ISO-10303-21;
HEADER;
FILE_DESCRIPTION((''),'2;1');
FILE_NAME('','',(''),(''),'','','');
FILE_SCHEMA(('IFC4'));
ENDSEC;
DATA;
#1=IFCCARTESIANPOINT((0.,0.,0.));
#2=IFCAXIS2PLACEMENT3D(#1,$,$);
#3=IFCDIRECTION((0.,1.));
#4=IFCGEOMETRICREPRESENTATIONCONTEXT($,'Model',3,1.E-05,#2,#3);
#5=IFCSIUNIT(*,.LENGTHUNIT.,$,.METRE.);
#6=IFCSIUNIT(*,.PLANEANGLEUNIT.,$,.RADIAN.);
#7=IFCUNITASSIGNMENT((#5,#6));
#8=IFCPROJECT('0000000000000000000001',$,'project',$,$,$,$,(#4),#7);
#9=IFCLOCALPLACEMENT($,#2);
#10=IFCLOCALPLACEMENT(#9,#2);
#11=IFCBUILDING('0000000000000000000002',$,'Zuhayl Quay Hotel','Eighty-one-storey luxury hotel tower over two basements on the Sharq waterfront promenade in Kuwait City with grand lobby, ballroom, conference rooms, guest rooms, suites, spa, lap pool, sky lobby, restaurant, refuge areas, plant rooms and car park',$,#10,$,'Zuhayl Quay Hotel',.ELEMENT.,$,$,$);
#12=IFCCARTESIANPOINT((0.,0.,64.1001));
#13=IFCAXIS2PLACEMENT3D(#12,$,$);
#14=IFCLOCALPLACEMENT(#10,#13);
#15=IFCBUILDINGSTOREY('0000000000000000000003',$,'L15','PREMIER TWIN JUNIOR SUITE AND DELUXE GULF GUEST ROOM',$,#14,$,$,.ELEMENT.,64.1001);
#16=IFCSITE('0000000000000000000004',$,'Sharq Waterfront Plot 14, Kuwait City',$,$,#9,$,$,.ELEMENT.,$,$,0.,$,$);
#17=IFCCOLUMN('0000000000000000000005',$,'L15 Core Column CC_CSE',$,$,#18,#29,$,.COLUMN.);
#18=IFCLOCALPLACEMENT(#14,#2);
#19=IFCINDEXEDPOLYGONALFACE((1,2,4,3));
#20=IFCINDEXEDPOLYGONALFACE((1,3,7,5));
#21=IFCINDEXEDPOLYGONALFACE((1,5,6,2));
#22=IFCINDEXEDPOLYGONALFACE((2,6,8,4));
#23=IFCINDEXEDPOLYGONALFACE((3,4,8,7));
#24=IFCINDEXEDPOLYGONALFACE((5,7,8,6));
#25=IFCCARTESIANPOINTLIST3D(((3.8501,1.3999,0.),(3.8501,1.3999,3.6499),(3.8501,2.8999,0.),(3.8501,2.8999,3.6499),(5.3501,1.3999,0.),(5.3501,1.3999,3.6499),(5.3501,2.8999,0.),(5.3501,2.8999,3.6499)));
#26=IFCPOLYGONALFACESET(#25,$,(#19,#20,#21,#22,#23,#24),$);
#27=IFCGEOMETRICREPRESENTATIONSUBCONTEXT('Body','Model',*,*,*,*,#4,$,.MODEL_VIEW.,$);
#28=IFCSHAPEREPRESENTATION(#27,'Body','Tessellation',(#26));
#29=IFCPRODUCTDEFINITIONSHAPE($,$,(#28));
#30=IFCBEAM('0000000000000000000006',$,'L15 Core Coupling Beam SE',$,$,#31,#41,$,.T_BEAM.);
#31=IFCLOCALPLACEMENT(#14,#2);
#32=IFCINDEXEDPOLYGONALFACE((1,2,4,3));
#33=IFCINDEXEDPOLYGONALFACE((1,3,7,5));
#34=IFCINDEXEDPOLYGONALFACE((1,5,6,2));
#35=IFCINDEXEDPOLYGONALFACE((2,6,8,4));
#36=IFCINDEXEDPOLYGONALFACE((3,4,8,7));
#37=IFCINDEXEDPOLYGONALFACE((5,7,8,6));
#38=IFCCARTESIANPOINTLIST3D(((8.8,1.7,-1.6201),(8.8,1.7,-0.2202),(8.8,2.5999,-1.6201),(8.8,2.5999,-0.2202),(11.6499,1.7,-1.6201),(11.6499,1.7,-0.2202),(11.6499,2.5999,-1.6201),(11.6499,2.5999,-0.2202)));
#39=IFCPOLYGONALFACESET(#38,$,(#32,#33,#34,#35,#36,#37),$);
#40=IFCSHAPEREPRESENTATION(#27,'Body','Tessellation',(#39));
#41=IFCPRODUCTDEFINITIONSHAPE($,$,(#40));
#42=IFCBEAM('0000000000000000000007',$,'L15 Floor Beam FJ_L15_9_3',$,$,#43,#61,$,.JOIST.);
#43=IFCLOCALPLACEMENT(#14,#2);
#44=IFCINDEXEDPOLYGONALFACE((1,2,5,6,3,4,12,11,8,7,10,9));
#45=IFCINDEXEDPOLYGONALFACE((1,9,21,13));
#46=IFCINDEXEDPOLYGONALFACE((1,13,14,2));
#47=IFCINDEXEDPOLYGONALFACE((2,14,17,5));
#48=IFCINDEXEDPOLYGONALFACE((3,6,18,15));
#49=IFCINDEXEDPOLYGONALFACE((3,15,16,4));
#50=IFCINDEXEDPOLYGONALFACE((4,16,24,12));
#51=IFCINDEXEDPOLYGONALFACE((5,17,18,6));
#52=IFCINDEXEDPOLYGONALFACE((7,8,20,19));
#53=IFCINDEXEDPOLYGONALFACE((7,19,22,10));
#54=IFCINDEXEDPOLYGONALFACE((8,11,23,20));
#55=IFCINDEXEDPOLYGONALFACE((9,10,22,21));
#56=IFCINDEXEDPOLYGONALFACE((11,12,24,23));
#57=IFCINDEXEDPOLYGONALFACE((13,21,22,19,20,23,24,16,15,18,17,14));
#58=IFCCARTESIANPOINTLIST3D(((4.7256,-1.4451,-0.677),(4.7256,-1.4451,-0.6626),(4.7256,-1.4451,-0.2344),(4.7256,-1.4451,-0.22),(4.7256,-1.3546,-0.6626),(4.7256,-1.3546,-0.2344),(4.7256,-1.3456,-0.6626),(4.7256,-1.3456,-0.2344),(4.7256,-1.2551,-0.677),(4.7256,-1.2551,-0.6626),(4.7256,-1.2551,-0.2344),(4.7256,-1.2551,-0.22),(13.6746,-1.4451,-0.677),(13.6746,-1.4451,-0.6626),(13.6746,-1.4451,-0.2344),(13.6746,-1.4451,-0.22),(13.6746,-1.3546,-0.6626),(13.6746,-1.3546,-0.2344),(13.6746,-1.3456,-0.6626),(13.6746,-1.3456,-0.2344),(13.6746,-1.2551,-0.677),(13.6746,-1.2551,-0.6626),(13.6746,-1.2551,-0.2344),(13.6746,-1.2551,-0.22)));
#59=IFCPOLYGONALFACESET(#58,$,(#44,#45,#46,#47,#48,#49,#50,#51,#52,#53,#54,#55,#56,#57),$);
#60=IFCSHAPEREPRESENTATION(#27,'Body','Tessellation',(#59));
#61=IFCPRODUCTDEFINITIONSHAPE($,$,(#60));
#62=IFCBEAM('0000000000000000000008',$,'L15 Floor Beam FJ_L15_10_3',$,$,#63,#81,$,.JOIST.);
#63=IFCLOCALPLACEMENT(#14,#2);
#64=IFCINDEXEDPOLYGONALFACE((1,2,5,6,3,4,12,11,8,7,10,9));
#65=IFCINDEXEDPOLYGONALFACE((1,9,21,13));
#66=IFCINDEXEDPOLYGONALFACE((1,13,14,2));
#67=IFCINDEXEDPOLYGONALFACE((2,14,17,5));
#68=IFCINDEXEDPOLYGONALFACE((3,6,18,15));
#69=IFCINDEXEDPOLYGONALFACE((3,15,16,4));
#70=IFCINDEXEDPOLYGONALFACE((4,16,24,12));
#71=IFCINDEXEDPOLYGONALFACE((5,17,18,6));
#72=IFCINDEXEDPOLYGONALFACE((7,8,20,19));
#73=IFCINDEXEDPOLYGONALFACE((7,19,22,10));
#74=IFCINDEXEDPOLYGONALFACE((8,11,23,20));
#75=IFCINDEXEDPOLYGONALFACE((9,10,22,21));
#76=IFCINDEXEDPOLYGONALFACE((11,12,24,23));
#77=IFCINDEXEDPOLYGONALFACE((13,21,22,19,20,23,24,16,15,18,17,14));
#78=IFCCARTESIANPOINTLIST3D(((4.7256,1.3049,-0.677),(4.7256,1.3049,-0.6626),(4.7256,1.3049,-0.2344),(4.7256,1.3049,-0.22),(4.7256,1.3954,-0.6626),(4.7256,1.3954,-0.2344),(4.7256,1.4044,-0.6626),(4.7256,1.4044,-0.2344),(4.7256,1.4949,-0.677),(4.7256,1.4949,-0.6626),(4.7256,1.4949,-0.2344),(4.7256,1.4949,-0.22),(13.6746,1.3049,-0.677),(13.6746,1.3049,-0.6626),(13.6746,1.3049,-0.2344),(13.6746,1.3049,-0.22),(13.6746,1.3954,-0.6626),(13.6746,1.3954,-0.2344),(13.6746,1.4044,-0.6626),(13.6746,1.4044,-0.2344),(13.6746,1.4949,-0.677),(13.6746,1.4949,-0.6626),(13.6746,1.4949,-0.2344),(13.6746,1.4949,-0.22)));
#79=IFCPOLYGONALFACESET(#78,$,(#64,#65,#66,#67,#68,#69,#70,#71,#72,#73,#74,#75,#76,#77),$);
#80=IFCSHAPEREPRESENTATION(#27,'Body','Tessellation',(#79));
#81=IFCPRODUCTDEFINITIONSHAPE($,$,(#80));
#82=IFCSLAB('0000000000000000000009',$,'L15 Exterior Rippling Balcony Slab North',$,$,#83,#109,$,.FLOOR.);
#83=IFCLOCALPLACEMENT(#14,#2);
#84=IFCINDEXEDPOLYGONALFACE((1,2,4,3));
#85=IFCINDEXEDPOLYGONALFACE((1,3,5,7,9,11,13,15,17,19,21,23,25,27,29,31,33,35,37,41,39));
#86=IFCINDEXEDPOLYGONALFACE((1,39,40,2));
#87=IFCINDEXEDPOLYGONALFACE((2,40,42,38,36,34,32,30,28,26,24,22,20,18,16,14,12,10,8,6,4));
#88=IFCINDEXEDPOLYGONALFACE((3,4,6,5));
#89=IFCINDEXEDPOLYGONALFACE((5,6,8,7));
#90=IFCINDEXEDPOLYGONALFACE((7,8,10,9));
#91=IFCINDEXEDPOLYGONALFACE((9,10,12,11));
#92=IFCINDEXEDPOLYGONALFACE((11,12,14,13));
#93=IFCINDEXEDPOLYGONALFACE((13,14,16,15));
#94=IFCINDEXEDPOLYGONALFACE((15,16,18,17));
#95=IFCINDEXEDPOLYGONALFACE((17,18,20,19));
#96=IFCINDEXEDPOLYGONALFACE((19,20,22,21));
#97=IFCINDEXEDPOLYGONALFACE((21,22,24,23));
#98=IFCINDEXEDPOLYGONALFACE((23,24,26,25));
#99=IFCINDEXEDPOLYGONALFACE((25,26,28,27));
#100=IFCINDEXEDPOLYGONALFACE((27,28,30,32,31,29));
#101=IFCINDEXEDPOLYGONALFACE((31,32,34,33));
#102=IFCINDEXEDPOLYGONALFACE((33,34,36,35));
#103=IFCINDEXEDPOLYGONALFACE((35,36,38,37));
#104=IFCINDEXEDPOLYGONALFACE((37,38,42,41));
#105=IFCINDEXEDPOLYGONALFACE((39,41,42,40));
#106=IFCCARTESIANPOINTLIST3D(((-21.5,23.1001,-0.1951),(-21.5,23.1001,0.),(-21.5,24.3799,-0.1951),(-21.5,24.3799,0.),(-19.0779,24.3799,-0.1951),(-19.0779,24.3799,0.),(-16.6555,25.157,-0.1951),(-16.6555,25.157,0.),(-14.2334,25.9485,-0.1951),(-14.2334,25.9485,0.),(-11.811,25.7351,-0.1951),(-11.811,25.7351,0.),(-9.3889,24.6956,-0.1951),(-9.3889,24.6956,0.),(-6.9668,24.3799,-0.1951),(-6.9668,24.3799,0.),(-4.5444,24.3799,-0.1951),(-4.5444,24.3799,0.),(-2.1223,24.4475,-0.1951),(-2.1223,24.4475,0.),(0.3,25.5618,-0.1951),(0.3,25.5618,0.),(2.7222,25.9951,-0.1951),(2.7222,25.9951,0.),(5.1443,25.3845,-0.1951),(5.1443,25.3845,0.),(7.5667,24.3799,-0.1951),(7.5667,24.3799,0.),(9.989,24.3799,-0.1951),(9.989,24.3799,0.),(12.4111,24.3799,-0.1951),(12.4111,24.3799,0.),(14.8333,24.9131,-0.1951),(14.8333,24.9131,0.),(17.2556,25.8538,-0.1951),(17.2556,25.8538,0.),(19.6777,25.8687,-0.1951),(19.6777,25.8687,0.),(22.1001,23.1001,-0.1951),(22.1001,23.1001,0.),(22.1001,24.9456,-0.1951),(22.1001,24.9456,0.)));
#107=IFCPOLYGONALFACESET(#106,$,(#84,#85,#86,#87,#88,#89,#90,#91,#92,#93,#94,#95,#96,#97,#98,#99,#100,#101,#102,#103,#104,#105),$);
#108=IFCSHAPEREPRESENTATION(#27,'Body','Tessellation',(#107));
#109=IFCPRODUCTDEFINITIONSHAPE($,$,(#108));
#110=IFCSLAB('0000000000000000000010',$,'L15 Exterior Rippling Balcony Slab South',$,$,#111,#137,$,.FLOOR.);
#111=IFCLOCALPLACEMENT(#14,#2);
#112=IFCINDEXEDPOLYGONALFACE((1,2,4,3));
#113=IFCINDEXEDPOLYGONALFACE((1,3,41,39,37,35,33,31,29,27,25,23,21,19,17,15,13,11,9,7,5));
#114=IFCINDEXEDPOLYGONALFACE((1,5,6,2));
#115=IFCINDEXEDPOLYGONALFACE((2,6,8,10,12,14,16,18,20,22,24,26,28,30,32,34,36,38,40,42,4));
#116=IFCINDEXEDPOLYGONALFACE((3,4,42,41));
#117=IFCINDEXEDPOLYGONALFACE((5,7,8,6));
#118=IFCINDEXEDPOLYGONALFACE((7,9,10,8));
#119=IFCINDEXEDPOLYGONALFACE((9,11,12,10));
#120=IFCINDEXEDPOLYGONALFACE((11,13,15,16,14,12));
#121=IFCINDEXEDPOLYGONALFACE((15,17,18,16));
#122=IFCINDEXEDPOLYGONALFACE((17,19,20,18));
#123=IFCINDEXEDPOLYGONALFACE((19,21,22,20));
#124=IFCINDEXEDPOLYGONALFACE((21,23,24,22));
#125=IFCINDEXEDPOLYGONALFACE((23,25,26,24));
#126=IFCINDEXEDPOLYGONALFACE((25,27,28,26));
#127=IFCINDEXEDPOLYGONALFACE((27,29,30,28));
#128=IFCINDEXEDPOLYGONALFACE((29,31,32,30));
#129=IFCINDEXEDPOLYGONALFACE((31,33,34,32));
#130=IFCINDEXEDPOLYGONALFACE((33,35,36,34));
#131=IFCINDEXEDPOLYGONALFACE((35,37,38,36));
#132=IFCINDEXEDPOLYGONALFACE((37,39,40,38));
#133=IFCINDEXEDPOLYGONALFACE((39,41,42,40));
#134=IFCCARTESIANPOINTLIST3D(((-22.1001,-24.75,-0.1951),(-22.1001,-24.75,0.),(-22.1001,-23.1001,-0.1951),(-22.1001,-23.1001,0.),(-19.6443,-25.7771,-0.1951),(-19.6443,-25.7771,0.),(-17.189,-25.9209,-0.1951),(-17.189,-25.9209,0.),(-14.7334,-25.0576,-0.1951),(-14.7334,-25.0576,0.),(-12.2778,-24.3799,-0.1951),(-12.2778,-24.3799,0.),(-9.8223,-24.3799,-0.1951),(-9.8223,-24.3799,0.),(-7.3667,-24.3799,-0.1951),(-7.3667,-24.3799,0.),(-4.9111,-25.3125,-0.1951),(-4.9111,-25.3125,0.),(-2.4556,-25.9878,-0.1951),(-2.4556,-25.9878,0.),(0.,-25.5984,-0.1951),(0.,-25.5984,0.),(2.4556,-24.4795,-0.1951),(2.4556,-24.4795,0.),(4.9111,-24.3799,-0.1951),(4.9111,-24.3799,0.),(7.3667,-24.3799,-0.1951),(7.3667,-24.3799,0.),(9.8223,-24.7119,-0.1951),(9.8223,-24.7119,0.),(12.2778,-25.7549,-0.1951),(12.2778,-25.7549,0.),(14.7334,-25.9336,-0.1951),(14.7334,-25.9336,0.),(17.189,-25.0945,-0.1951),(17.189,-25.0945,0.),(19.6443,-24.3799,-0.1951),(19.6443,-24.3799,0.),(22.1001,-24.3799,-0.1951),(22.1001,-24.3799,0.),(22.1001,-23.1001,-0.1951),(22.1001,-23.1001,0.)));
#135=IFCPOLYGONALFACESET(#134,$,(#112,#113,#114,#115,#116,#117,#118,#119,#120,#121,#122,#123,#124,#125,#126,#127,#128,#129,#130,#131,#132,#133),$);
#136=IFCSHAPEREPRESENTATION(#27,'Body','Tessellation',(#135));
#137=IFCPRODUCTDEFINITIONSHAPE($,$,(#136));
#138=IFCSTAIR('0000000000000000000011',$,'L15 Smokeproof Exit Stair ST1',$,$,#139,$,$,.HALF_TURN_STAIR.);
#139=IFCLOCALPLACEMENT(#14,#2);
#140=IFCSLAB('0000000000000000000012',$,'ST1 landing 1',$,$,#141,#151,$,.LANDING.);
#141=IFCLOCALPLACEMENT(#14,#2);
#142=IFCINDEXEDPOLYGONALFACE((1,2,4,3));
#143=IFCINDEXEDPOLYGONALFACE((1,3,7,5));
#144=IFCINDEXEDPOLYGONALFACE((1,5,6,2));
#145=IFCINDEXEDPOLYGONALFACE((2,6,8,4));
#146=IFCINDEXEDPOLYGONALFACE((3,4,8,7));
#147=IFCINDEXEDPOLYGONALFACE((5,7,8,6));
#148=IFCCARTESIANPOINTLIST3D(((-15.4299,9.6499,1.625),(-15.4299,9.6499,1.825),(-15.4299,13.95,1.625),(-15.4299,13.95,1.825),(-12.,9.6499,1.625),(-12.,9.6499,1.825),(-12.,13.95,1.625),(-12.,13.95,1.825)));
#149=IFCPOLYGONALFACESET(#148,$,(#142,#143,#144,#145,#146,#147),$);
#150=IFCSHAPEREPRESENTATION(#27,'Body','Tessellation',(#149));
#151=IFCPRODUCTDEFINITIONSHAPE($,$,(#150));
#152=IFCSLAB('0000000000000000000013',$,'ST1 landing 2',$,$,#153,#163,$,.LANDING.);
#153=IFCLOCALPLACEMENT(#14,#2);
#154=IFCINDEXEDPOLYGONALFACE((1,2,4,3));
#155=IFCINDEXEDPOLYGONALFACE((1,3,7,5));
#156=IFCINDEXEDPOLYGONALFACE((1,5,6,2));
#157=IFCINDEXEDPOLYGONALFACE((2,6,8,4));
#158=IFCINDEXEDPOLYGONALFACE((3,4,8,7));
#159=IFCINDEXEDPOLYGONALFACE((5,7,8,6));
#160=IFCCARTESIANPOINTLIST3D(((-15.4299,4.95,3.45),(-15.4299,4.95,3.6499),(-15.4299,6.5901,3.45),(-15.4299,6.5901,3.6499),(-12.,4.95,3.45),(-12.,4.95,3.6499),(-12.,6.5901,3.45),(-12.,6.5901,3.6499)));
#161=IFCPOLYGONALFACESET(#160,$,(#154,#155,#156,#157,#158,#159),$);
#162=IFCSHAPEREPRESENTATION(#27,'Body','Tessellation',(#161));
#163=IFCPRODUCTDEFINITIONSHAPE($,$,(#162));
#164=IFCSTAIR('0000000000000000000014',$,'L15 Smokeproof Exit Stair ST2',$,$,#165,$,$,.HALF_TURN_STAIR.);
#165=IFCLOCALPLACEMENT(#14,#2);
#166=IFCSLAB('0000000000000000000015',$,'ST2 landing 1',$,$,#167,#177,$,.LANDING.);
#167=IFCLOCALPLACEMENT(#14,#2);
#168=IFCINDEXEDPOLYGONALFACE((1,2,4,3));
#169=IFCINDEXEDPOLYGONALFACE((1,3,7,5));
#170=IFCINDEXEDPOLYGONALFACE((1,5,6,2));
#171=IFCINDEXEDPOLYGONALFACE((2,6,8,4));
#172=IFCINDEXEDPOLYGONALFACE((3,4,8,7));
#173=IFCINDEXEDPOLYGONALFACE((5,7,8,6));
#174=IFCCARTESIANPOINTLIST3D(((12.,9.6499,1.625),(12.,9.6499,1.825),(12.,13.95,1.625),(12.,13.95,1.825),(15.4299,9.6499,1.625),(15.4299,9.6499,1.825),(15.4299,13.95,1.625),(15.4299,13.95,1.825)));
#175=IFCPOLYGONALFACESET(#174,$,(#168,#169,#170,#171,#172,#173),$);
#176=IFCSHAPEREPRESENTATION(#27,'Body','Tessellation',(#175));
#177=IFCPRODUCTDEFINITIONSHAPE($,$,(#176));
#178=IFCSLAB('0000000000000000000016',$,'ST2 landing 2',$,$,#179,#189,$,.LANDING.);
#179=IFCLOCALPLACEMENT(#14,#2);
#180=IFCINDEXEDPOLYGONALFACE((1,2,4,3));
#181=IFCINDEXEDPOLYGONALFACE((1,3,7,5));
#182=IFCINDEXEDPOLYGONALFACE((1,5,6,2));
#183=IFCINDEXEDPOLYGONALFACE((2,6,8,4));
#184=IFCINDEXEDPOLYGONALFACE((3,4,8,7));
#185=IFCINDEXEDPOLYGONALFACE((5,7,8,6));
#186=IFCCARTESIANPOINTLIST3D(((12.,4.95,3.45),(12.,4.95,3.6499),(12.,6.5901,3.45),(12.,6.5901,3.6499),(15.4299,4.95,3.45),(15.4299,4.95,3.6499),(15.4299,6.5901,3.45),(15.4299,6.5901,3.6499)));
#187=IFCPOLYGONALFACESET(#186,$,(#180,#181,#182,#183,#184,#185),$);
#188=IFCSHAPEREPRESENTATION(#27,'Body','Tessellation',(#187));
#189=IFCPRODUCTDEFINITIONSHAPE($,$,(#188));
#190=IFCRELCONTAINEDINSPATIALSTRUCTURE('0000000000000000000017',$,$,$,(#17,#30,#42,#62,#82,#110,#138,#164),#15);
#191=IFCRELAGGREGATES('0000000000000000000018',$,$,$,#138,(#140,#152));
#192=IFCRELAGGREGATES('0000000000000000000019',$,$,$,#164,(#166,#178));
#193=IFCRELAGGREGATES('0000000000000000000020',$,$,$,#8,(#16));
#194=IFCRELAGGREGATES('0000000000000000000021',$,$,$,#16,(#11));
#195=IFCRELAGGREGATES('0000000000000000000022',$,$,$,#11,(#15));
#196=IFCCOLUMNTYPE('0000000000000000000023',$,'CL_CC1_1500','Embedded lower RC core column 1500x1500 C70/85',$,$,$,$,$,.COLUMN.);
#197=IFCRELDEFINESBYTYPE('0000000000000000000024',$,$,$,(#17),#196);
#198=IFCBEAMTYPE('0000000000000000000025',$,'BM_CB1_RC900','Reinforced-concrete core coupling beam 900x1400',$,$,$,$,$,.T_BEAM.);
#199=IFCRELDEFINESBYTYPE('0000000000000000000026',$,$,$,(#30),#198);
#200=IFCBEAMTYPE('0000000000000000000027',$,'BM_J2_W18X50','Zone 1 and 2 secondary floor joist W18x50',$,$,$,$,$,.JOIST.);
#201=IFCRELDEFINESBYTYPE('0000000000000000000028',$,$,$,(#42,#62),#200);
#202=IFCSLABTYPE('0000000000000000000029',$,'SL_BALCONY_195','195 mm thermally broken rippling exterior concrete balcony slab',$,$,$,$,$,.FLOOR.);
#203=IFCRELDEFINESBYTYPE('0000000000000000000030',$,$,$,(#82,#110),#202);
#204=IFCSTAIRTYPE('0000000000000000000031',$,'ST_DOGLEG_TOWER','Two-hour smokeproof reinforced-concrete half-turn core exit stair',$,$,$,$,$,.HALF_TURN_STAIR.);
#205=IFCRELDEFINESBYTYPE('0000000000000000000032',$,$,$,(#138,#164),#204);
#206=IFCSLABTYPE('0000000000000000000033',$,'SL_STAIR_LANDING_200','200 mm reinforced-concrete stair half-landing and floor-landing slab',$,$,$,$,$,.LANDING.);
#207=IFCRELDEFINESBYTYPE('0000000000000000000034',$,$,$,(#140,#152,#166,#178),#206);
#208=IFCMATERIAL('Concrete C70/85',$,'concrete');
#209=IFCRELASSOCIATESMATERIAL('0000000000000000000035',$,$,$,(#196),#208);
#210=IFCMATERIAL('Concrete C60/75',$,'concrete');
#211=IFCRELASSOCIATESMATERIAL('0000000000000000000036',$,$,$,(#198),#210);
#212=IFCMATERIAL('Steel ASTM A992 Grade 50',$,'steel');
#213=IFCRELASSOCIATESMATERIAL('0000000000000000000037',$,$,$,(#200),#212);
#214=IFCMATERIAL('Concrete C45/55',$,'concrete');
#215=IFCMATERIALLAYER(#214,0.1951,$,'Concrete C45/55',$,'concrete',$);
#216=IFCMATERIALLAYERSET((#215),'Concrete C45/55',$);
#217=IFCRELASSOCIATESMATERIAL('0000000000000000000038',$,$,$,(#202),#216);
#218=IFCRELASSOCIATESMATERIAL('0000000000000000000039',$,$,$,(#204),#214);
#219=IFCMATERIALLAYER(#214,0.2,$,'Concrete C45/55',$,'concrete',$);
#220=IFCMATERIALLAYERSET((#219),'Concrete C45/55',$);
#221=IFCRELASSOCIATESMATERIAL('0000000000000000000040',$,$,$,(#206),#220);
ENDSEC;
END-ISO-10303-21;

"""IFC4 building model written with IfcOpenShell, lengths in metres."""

from ifc_helpers import new_model, si_unit, direction, frame, origin, origin_2d, place, context, subcontext, project, spatial, polyline, rectangle, i_section, outline, extrude, material, layer, layer_set, material_profile, profile_set, type_object, element, aggregate, save


model = new_model("IFC4")

# Units and contexts
model_context = context("Model", 3, precision=1e-05, world=origin(), true_north=direction((0.0, 1.0)))
body_context = subcontext(model_context, "Body", "Model", "MODEL_VIEW")
ifc_project = project(units=[si_unit("LENGTHUNIT", "METRE"), si_unit("PLANEANGLEUNIT", "RADIAN")], contexts=[model_context])

# Site, building, storey
site_placement = place(None, origin())
site = spatial("IfcSite", under=ifc_project, at=site_placement, Name="Sharq Waterfront Plot 14, Kuwait City", CompositionType="ELEMENT", RefElevation=0.0)
building_placement = place(site_placement, origin())
building = spatial("IfcBuilding", under=site, at=building_placement, Name="Zuhayl Quay Hotel", Description="Eighty-one-storey luxury hotel tower over two basements on the Sharq waterfront promenade in Kuwait City with grand lobby, ballroom, conference rooms, guest rooms, suites, spa, lap pool, sky lobby, restaurant, refuge areas, plant rooms and car park", LongName="Zuhayl Quay Hotel", CompositionType="ELEMENT")
storey_placement = place(building_placement, frame((0.0, 0.0, 64.1001)))
storey = spatial("IfcBuildingStorey", under=building, at=storey_placement, Name="L15", Description="PREMIER TWIN JUNIOR SUITE AND DELUXE GULF GUEST ROOM", CompositionType="ELEMENT", Elevation=64.1001)

# Column
ifc_material_1 = material(Name="Concrete C70/85", Category="concrete")
ifc_material_profile_1 = material_profile(ifc_material_1, rectangle(XDim=1.5, YDim=1.5, at=origin_2d()), Name="RC1500X1500")
ifc_profile_set_1 = profile_set([ifc_material_profile_1], Name="Concrete C70/85")
column_type = type_object("IfcColumnType", Name="CL_CC1_1500", Description="Embedded lower RC core column 1500x1500 C70/85", PredefinedType="COLUMN", material=ifc_profile_set_1)
column_placement = place(storey_placement, frame((4.6001, 2.1499, 0.0), z_axis=(0.0, 0.0, 1.0), x_axis=(1.0, 0.0, 0.0)))
element("IfcColumn", 1, at=column_placement, inside=storey, type_object=column_type, Name="L15 Core Column CC_CSE", PredefinedType="COLUMN", context=body_context, shape_type="SweptSolid", body=[
    extrude(rectangle(XDim=1.5, YDim=1.5, at=origin_2d()), origin(), (0.0, 0.0, 1.0), 3.6499),
])

# Beams
ifc_material_2 = material(Name="Concrete C60/75", Category="concrete")
ifc_material_profile_2 = material_profile(ifc_material_2, rectangle(XDim=0.8999, YDim=1.3999, at=origin_2d()), Name="RC900X1400")
ifc_profile_set_2 = profile_set([ifc_material_profile_2], Name="Concrete C60/75")
beam_type_1 = type_object("IfcBeamType", Name="BM_CB1_RC900", Description="Reinforced-concrete core coupling beam 900x1400", PredefinedType="T_BEAM", material=ifc_profile_set_2)
beam_placement = place(storey_placement, frame((8.8, 2.1499, -0.9202), z_axis=(1.0, 0.0, 0.0), x_axis=(0.0, 1.0, 0.0)))
element("IfcBeam", 2, at=beam_placement, inside=storey, type_object=beam_type_1, Name="L15 Core Coupling Beam SE", PredefinedType="T_BEAM", context=body_context, shape_type="SweptSolid", body=[
    extrude(rectangle(XDim=0.8999, YDim=1.3999, at=origin_2d()), origin(), (0.0, 0.0, 1.0), 2.8499),
])
ifc_material_3 = material(Name="Steel ASTM A992 Grade 50", Category="steel")
ifc_material_profile_3 = material_profile(ifc_material_3, i_section(OverallWidth=0.1899, OverallDepth=0.457, WebThickness=0.009, FlangeThickness=0.0144, at=origin_2d()), Name="W18X50")
ifc_profile_set_3 = profile_set([ifc_material_profile_3], Name="Steel ASTM A992 Grade 50")
beam_type_2 = type_object("IfcBeamType", Name="BM_J2_W18X50", Description="Zone 1 and 2 secondary floor joist W18x50", PredefinedType="JOIST", material=ifc_profile_set_3)
for number, where, z_axis, x_axis, name in (
    (3, (4.7256, -1.3501, -0.4485), (1.0, 0.0, 0.0), (0.0, 1.0, 0.0), "L15 Floor Beam FJ_L15_9_3"),
    (4, (4.7256, 1.3999, -0.4485), (1.0, 0.0, 0.0), (0.0, 1.0, 0.0), "L15 Floor Beam FJ_L15_10_3"),
):
    element("IfcBeam", number, at=place(storey_placement, frame(where, z_axis=z_axis, x_axis=x_axis)), inside=storey, type_object=beam_type_2, Name=name, PredefinedType="JOIST", context=body_context, shape_type="SweptSolid", body=[
        extrude(i_section(OverallWidth=0.1899, OverallDepth=0.457, WebThickness=0.009, FlangeThickness=0.0144, at=origin_2d()), origin(), (0.0, 0.0, 1.0), 8.949),
    ])

# Slabs
ifc_material_4 = material(Name="Concrete C45/55", Category="concrete")
ifc_layer_1 = layer(ifc_material_4, 0.1951, Name="Concrete C45/55", Category="concrete")
ifc_layer_set_1 = layer_set([ifc_layer_1], Name="Concrete C45/55")
slab_type_1 = type_object("IfcSlabType", Name="SL_BALCONY_195", Description="195 mm thermally broken rippling exterior concrete balcony slab", PredefinedType="FLOOR", material=ifc_layer_set_1)
slab_1_placement = place(storey_placement, frame((0.0, 0.0, -0.1951)))
element("IfcSlab", 5, at=slab_1_placement, inside=storey, type_object=slab_type_1, Name="L15 Exterior Rippling Balcony Slab North", PredefinedType="FLOOR", context=body_context, shape_type="SweptSolid", body=[
    extrude(outline(polyline([(-21.5, 23.1001), (22.1001, 23.1001), (22.1001, 24.9456), (19.6777, 25.8687), (17.2556, 25.8538), (14.8333, 24.9131), (12.4111, 24.3799), (9.989, 24.3799), (7.5667, 24.3799), (5.1443, 25.3845), (2.7222, 25.9951), (0.3, 25.5618), (-2.1223, 24.4475), (-4.5444, 24.3799), (-6.9668, 24.3799), (-9.3889, 24.6956), (-11.811, 25.7351), (-14.2334, 25.9485), (-16.6555, 25.157), (-19.0779, 24.3799), (-21.5, 24.3799), (-21.5, 23.1001)])), origin(), (0.0, 0.0, 1.0), 0.1951),
])
slab_2_placement = place(storey_placement, frame((0.0, 0.0, -0.1951)))
element("IfcSlab", 6, at=slab_2_placement, inside=storey, type_object=slab_type_1, Name="L15 Exterior Rippling Balcony Slab South", PredefinedType="FLOOR", context=body_context, shape_type="SweptSolid", body=[
    extrude(outline(polyline([(-22.1001, -24.75), (-19.6443, -25.7771), (-17.189, -25.9209), (-14.7334, -25.0576), (-12.2778, -24.3799), (-9.8223, -24.3799), (-7.3667, -24.3799), (-4.9111, -25.3125), (-2.4556, -25.9878), (0.0, -25.5984), (2.4556, -24.4795), (4.9111, -24.3799), (7.3667, -24.3799), (9.8223, -24.7119), (12.2778, -25.7549), (14.7334, -25.9336), (17.189, -25.0945), (19.6443, -24.3799), (22.1001, -24.3799), (22.1001, -23.1001), (-22.1001, -23.1001), (-22.1001, -24.75)])), origin(), (0.0, 0.0, 1.0), 0.1951),
])

# Stairs, slabs
stair_type = type_object("IfcStairType", Name="ST_DOGLEG_TOWER", Description="Two-hour smokeproof reinforced-concrete half-turn core exit stair", PredefinedType="HALF_TURN_STAIR", material=ifc_material_4)
stair_1_placement = place(storey_placement, origin())
stair_1 = element("IfcStair", 7, at=stair_1_placement, inside=storey, type_object=stair_type, Name="L15 Smokeproof Exit Stair ST1", PredefinedType="HALF_TURN_STAIR")
ifc_layer_2 = layer(ifc_material_4, 0.2, Name="Concrete C45/55", Category="concrete")
ifc_layer_set_2 = layer_set([ifc_layer_2], Name="Concrete C45/55")
slab_type_2 = type_object("IfcSlabType", Name="SL_STAIR_LANDING_200", Description="200 mm reinforced-concrete stair half-landing and floor-landing slab", PredefinedType="LANDING", material=ifc_layer_set_2)
slab_3_placement = place(storey_placement, frame((0.0, 0.0, 1.625)))
slab_3 = element("IfcSlab", 8, at=slab_3_placement, type_object=slab_type_2, Name="ST1 landing 1", PredefinedType="LANDING", context=body_context, shape_type="SweptSolid", body=[
    extrude(outline(polyline([(-12.0, 9.6499), (-12.0, 13.95), (-15.4299, 13.95), (-15.4299, 9.6499), (-12.0, 9.6499)])), origin(), (0.0, 0.0, 1.0), 0.2),
])
slab_4_placement = place(storey_placement, frame((0.0, 0.0, 3.45)))
slab_4 = element("IfcSlab", 9, at=slab_4_placement, type_object=slab_type_2, Name="ST1 landing 2", PredefinedType="LANDING", context=body_context, shape_type="SweptSolid", body=[
    extrude(outline(polyline([(-12.0, 4.95), (-12.0, 6.5901), (-15.4299, 6.5901), (-15.4299, 4.95), (-12.0, 4.95)])), origin(), (0.0, 0.0, 1.0), 0.2),
])
aggregate(stair_1, [slab_3, slab_4])
stair_2_placement = place(storey_placement, origin())
stair_2 = element("IfcStair", 10, at=stair_2_placement, inside=storey, type_object=stair_type, Name="L15 Smokeproof Exit Stair ST2", PredefinedType="HALF_TURN_STAIR")
slab_5_placement = place(storey_placement, frame((0.0, 0.0, 1.625)))
slab_5 = element("IfcSlab", 11, at=slab_5_placement, type_object=slab_type_2, Name="ST2 landing 1", PredefinedType="LANDING", context=body_context, shape_type="SweptSolid", body=[
    extrude(outline(polyline([(15.4299, 9.6499), (15.4299, 13.95), (12.0, 13.95), (12.0, 9.6499), (15.4299, 9.6499)])), origin(), (0.0, 0.0, 1.0), 0.2),
])
slab_6_placement = place(storey_placement, frame((0.0, 0.0, 3.45)))
slab_6 = element("IfcSlab", 12, at=slab_6_placement, type_object=slab_type_2, Name="ST2 landing 2", PredefinedType="LANDING", context=body_context, shape_type="SweptSolid", body=[
    extrude(outline(polyline([(15.4299, 4.95), (15.4299, 6.5901), (12.0, 6.5901), (12.0, 4.95), (15.4299, 4.95)])), origin(), (0.0, 0.0, 1.0), 0.2),
])
aggregate(stair_2, [slab_5, slab_6])

save(model, "model.ifc")
